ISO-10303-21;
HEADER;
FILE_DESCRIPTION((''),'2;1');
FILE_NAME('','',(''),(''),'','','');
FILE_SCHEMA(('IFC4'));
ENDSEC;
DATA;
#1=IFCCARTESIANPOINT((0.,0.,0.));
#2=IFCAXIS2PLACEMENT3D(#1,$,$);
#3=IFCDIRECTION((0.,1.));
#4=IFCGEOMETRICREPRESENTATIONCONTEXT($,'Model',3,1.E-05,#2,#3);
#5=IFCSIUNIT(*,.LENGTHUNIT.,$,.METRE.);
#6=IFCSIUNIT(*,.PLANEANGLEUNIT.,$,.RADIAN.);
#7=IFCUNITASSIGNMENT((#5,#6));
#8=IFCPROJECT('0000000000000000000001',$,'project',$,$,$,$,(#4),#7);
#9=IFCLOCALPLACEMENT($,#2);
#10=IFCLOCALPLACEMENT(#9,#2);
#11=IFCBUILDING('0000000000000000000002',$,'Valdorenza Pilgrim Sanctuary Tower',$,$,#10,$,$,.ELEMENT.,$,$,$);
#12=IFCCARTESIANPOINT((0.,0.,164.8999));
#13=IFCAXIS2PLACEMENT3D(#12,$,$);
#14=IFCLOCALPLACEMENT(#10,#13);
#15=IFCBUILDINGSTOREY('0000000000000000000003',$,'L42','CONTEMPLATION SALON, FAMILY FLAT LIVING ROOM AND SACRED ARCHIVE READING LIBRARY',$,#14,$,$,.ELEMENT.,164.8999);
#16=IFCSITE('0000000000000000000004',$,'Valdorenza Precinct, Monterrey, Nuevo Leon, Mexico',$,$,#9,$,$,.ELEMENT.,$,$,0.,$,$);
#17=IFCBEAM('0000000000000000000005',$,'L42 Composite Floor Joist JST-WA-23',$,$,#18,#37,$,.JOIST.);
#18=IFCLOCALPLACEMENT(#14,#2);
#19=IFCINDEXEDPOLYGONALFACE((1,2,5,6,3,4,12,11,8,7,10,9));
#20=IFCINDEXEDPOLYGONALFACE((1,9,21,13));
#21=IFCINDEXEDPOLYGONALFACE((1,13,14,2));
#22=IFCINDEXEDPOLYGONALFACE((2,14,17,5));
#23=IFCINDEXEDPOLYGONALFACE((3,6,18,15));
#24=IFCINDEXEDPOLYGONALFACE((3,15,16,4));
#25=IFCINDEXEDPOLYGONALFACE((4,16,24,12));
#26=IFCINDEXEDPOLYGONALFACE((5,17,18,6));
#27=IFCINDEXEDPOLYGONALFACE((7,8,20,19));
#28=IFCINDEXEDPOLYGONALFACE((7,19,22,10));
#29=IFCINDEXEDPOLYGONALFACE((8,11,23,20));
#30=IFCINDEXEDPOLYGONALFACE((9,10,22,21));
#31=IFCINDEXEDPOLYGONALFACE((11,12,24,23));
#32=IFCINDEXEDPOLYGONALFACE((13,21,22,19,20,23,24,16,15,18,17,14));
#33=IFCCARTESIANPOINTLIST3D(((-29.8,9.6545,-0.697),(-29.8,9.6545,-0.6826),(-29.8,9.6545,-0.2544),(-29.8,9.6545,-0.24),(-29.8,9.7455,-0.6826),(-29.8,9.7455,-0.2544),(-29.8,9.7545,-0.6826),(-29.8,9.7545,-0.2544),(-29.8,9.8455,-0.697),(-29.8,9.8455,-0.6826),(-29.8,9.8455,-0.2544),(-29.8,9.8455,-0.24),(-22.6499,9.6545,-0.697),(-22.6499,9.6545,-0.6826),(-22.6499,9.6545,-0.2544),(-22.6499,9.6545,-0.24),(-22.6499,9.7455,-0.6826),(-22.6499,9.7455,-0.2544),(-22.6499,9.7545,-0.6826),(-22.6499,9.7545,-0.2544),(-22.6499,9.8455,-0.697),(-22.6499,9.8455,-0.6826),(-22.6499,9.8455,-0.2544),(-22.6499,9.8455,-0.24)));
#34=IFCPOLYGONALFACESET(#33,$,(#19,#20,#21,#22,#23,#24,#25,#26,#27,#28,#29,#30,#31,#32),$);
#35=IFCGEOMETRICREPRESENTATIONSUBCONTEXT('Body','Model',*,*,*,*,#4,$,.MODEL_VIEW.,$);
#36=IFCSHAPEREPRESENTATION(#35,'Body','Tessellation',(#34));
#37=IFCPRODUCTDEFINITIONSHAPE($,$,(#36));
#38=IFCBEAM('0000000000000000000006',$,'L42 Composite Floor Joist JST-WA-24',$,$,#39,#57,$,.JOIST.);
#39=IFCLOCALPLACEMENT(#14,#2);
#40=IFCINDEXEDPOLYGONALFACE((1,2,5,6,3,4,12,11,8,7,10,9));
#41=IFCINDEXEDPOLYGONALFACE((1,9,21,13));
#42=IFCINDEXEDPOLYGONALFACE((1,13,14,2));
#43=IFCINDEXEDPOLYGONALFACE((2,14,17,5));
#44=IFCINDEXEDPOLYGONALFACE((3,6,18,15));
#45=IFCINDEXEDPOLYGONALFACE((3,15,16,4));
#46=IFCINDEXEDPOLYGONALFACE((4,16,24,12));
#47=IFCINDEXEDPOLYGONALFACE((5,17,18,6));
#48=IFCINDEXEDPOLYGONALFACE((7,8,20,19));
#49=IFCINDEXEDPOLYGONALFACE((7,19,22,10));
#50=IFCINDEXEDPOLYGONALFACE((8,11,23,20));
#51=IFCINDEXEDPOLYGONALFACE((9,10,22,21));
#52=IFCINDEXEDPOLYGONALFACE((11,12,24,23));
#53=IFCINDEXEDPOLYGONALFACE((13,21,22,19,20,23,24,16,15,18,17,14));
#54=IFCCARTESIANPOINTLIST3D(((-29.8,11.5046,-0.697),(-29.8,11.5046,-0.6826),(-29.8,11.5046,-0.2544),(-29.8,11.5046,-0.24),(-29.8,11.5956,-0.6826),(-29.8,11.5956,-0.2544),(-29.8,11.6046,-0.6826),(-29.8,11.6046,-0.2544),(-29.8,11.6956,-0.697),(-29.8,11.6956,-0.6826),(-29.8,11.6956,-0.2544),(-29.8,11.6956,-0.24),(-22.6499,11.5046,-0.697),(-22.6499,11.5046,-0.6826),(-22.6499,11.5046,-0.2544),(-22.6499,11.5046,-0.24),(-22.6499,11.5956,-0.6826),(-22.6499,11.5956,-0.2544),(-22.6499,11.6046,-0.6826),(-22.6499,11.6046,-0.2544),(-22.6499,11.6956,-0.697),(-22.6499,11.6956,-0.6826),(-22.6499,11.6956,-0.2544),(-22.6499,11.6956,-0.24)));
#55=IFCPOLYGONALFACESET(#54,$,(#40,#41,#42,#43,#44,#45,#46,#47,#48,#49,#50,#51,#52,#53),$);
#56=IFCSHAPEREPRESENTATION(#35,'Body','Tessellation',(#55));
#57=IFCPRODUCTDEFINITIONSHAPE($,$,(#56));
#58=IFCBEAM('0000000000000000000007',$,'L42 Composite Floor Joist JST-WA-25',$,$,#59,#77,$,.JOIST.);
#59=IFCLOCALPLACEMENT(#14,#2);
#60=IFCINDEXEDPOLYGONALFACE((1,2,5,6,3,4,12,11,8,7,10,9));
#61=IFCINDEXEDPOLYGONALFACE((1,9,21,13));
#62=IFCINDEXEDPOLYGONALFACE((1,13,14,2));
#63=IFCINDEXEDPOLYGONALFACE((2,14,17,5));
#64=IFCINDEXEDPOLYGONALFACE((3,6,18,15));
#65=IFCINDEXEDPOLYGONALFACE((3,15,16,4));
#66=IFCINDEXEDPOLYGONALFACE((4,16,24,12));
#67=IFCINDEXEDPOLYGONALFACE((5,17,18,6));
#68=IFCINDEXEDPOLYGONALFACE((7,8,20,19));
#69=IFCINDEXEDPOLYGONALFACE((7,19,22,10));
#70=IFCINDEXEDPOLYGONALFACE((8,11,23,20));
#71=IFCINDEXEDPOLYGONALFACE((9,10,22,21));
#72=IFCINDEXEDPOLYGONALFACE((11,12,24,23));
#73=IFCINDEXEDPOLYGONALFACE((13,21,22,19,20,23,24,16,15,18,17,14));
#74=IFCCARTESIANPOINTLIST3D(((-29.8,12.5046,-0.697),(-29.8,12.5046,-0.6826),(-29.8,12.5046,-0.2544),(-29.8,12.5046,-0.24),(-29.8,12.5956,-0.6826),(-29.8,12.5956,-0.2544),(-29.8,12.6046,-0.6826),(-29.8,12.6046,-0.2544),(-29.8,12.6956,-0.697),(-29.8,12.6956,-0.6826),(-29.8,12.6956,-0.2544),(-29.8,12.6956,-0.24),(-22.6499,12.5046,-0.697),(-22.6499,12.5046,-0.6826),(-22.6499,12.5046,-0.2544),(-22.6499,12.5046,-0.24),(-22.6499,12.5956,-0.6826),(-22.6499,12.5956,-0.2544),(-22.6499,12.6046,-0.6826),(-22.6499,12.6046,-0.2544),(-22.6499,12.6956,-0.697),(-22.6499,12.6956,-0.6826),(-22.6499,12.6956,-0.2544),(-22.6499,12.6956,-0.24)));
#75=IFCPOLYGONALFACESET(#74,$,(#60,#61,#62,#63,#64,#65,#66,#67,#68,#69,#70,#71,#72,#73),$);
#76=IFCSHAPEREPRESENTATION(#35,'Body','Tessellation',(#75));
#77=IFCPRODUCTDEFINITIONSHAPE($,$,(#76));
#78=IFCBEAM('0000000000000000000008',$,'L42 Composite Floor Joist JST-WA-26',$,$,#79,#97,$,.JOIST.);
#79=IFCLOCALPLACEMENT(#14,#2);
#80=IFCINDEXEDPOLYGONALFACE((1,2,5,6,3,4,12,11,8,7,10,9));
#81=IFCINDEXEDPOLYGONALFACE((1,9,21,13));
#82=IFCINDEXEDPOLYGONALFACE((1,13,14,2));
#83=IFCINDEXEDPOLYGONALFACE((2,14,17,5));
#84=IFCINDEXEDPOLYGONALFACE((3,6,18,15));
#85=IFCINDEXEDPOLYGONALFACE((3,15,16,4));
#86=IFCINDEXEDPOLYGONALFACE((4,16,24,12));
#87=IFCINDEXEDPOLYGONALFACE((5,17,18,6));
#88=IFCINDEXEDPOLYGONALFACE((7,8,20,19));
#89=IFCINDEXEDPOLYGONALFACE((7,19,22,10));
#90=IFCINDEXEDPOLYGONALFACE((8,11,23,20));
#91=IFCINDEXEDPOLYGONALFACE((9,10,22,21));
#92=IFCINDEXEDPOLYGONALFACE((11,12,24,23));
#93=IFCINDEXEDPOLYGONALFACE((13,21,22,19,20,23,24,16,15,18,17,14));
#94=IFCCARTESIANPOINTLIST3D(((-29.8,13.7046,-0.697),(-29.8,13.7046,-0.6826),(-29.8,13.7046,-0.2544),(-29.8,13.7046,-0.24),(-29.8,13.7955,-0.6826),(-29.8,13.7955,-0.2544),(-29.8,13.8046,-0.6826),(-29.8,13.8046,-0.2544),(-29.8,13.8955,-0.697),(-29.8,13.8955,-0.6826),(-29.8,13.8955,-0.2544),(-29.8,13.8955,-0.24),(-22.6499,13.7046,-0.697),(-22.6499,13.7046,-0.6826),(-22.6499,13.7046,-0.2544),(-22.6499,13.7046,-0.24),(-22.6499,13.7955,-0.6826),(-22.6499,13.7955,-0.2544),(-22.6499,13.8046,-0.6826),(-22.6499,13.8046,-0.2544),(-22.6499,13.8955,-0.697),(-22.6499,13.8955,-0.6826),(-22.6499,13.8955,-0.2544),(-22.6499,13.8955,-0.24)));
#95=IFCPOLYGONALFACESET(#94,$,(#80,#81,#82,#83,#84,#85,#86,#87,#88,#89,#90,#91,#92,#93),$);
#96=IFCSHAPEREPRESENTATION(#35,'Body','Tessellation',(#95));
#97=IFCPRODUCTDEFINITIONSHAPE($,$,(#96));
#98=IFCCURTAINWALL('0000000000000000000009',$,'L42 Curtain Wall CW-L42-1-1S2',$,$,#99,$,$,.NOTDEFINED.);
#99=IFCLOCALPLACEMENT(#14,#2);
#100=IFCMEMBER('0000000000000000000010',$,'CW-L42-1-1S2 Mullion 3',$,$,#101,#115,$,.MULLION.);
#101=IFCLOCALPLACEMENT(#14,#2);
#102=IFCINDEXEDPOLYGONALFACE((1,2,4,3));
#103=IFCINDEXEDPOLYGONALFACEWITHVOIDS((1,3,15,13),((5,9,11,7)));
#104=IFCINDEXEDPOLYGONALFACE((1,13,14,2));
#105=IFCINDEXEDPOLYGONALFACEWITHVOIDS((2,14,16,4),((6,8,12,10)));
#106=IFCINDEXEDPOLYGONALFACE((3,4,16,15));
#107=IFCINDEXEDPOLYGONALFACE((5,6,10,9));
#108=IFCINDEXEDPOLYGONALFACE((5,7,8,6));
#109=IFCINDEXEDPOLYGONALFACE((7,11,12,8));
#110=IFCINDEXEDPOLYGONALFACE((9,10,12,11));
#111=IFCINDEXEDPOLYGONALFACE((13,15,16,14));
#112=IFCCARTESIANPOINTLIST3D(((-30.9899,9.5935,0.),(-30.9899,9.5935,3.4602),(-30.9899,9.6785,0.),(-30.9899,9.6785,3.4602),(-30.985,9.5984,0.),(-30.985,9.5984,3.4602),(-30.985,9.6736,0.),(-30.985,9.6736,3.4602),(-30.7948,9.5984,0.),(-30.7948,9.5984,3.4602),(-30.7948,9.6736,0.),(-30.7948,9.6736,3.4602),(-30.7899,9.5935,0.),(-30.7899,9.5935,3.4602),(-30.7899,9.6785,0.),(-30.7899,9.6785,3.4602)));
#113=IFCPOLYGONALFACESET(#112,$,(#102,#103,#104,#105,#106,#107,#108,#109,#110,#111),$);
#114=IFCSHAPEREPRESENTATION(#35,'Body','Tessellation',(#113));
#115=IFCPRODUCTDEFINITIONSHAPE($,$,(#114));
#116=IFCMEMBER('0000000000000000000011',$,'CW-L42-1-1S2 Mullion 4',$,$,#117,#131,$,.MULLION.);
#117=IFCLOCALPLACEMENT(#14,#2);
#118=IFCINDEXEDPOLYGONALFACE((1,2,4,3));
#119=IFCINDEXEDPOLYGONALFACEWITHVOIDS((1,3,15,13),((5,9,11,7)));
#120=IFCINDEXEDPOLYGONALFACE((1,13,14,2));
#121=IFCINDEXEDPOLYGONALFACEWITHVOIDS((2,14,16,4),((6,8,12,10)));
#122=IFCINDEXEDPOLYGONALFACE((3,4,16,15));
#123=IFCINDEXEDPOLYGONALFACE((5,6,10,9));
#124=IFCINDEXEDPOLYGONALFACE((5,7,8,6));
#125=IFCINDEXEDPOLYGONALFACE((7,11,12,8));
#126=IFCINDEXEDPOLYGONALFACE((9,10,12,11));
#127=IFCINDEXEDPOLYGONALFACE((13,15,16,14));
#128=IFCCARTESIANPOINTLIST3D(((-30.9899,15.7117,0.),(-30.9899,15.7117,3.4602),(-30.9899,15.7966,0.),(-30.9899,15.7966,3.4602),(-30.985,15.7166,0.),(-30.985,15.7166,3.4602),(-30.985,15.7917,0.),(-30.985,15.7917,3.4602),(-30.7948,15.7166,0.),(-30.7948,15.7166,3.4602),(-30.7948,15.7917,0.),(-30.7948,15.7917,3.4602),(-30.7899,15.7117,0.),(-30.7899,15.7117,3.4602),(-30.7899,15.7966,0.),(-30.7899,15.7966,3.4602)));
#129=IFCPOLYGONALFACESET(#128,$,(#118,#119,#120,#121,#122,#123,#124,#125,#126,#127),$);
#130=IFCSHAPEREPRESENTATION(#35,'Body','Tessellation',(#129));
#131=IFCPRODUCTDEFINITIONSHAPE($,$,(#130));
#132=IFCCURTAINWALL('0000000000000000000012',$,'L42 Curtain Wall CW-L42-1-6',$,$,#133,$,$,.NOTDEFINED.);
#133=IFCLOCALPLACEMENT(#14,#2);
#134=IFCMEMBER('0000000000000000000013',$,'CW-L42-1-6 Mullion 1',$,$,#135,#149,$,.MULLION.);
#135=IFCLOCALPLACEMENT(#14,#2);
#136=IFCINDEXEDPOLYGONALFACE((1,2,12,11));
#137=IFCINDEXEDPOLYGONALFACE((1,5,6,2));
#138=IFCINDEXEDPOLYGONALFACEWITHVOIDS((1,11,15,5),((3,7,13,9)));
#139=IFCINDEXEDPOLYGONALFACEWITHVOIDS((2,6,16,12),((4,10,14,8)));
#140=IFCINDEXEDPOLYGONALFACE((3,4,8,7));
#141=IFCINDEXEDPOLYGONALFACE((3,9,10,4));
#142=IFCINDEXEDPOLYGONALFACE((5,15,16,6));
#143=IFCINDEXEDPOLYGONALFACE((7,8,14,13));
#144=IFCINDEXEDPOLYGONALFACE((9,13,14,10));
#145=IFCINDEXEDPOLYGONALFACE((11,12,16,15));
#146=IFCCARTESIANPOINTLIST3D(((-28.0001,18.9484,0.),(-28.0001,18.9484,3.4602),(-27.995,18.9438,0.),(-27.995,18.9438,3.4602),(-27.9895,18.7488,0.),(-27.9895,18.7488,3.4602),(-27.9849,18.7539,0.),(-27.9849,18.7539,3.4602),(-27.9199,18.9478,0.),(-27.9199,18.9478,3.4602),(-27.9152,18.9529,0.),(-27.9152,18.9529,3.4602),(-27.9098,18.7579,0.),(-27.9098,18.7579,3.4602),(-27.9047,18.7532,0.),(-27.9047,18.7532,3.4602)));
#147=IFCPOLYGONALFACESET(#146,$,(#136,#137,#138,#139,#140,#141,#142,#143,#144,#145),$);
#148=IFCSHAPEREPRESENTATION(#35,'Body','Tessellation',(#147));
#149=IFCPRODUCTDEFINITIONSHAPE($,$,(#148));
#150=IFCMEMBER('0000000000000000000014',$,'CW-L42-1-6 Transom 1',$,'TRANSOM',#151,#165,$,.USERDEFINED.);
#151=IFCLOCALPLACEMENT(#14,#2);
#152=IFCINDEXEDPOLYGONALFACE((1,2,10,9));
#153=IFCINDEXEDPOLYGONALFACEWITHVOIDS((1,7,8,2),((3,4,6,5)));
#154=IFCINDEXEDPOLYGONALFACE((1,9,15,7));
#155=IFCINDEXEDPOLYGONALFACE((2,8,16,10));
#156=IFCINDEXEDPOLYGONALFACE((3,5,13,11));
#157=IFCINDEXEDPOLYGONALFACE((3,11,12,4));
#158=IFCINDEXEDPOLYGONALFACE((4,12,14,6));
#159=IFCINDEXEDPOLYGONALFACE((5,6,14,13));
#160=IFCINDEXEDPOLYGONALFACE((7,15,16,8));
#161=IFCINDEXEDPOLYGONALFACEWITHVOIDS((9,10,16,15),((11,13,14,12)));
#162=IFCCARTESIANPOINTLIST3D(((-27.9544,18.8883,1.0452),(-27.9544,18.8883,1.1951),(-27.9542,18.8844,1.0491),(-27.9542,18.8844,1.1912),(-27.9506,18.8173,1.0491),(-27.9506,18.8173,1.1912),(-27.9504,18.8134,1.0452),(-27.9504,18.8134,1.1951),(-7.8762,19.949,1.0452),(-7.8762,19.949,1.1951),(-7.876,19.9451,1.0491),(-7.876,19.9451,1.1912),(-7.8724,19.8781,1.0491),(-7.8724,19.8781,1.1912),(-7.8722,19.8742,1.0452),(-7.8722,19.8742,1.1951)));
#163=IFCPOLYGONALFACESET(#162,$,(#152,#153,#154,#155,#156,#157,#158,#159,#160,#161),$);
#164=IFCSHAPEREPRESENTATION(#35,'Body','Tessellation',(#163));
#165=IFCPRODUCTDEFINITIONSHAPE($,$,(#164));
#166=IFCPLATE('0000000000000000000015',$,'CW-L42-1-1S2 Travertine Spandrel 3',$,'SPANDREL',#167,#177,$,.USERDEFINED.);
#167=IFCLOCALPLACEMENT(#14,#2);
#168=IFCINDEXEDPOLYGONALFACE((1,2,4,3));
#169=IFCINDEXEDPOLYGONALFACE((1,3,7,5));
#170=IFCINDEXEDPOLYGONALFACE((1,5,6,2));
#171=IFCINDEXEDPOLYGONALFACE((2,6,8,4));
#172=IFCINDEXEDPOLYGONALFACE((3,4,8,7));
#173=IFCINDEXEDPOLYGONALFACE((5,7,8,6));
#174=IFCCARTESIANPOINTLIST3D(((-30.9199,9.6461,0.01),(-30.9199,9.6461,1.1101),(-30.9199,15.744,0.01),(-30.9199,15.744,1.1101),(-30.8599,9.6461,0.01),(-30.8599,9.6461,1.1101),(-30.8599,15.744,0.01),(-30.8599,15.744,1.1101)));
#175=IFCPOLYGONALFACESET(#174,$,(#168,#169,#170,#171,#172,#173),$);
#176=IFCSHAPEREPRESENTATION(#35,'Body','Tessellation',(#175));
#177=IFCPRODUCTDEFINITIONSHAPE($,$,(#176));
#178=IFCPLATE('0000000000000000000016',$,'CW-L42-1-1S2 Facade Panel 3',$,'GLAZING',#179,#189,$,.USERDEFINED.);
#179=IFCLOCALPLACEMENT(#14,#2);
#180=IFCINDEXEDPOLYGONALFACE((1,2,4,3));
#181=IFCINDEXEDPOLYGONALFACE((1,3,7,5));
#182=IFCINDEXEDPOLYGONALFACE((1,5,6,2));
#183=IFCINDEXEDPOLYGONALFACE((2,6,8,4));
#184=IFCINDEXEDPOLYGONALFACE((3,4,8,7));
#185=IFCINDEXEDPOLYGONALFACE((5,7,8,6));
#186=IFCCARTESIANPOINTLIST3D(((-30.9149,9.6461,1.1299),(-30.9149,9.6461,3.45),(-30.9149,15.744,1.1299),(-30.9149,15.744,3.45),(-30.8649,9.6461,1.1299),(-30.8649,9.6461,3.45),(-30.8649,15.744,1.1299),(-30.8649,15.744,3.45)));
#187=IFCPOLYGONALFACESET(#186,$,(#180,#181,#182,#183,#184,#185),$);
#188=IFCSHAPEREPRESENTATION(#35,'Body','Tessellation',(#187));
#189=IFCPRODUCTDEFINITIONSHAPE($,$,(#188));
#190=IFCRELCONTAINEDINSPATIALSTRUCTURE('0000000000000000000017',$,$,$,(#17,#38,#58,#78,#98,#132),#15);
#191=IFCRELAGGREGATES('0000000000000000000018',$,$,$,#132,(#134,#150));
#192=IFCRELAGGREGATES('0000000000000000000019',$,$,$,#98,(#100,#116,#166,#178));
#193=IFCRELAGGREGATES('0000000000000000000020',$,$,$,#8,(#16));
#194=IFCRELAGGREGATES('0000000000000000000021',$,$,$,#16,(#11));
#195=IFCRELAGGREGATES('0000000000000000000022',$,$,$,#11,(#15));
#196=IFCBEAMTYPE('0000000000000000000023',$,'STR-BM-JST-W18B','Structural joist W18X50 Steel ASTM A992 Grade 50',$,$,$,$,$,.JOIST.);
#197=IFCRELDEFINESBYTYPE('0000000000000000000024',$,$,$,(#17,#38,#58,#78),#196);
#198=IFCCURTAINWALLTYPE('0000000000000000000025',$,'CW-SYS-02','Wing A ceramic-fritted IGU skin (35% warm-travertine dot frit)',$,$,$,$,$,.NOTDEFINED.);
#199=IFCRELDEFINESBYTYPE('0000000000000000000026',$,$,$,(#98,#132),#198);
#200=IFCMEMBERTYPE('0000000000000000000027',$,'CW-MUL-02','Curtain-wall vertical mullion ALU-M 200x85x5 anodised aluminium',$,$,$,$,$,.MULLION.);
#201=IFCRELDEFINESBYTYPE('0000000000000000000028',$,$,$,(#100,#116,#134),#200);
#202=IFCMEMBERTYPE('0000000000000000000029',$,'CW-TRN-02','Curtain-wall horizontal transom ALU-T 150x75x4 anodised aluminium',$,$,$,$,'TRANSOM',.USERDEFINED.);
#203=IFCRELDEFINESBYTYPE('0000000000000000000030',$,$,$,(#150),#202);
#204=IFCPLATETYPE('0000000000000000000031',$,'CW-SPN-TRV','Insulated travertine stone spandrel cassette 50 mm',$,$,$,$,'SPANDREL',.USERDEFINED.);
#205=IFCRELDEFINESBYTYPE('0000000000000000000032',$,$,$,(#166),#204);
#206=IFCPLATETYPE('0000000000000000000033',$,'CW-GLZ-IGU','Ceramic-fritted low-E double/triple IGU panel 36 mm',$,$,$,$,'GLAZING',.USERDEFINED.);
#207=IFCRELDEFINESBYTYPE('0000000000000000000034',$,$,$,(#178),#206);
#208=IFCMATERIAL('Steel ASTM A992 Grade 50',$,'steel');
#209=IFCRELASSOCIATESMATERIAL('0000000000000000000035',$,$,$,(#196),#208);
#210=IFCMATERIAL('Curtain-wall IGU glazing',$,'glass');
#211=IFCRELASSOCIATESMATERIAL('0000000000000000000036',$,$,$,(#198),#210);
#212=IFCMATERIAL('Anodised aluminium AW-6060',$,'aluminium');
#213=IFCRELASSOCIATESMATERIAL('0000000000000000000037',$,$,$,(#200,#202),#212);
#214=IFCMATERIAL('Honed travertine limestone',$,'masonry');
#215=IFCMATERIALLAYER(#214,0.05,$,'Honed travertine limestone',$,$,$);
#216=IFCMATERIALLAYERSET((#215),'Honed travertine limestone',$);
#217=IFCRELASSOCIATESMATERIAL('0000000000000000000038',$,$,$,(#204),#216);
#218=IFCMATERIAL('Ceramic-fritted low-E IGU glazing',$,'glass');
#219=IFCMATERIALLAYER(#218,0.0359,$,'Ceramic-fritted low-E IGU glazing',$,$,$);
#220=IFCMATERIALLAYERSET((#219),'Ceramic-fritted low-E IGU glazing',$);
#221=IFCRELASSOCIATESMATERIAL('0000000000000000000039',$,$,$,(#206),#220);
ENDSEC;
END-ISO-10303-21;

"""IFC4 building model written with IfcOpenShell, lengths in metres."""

from ifc_helpers import new_model, si_unit, direction, frame, origin, origin_2d, place, context, subcontext, project, spatial, rectangle, hollow_rectangle, i_section, extrude, source, transform, mapped, material, layer, layer_set, material_profile, profile_set, type_object, element, aggregate, save


model = new_model("IFC4")

# Units and contexts
model_context = context("Model", 3, precision=1e-05, world=origin(), true_north=direction((0.0, 1.0)))
body_context = subcontext(model_context, "Body", "Model", "MODEL_VIEW")
ifc_project = project(units=[si_unit("LENGTHUNIT", "METRE"), si_unit("PLANEANGLEUNIT", "RADIAN")], contexts=[model_context])

# Site, building, storey
site_placement = place(None, origin())
site = spatial("IfcSite", under=ifc_project, at=site_placement, Name="Valdorenza Precinct, Monterrey, Nuevo Leon, Mexico", CompositionType="ELEMENT", RefElevation=0.0)
building_placement = place(site_placement, origin())
building = spatial("IfcBuilding", under=site, at=building_placement, Name="Valdorenza Pilgrim Sanctuary Tower", CompositionType="ELEMENT")
storey_placement = place(building_placement, frame((0.0, 0.0, 164.8999)))
storey = spatial("IfcBuildingStorey", under=building, at=storey_placement, Name="L42", Description="CONTEMPLATION SALON, FAMILY FLAT LIVING ROOM AND SACRED ARCHIVE READING LIBRARY", CompositionType="ELEMENT", Elevation=164.8999)

# Beams
ifc_material_1 = material(Name="Steel ASTM A992 Grade 50", Category="steel")
ifc_material_profile_1 = material_profile(ifc_material_1, i_section(OverallWidth=0.1909, OverallDepth=0.457, WebThickness=0.009, FlangeThickness=0.0144, at=origin_2d()), Name="W18X50")
ifc_profile_set_1 = profile_set([ifc_material_profile_1], Name="Steel ASTM A992 Grade 50")
beam_type_1 = type_object("IfcBeamType", Name="STR-BM-JST-W18B", Description="Structural joist W18X50 Steel ASTM A992 Grade 50", PredefinedType="JOIST", material=ifc_profile_set_1)
shared_shape_1 = source(origin(), body_context, "Body", "SweptSolid", [
    extrude(i_section(OverallWidth=0.1909, OverallDepth=0.457, WebThickness=0.009, FlangeThickness=0.0144, at=origin_2d()), origin(), (0.0, 0.0, 1.0), 7.1501),
])
for number, where, z_axis, x_axis, name in (
    (1, (-29.8, 9.75, -0.4685), (1.0, 0.0, 0.0), (0.0, 1.0, 0.0), "L42 Composite Floor Joist JST-WA-23"),
    (2, (-29.8, 11.6001, -0.4685), (1.0, 0.0, 0.0), (0.0, 1.0, 0.0), "L42 Composite Floor Joist JST-WA-24"),
    (3, (-29.8, 12.6001, -0.4685), (1.0, 0.0, 0.0), (0.0, 1.0, 0.0), "L42 Composite Floor Joist JST-WA-25"),
    (4, (-29.8, 13.8, -0.4685), (1.0, 0.0, 0.0), (0.0, 1.0, 0.0), "L42 Composite Floor Joist JST-WA-26"),
):
    element("IfcBeam", number, at=place(storey_placement, frame(where, z_axis=z_axis, x_axis=x_axis)), inside=storey, type_object=beam_type_1, Name=name, PredefinedType="JOIST", context=body_context, shape_type="MappedRepresentation", body=[
        mapped(shared_shape_1, transform((0.0, 0.0, 0.0), x_axis=(1.0, 0.0, 0.0), y_axis=(0.0, 1.0, 0.0), z_axis=(0.0, 0.0, 1.0), scale=1.0)),
    ])

# Curtain walls, members
ifc_material_2 = material(Name="Curtain-wall IGU glazing", Category="glass")
curtain_wall_type = type_object("IfcCurtainWallType", Name="CW-SYS-02", Description="Wing A ceramic-fritted IGU skin (35% warm-travertine dot frit)", PredefinedType="NOTDEFINED", material=ifc_material_2)
curtain_wall_1_placement = place(storey_placement, origin())
curtain_wall_1 = element("IfcCurtainWall", 5, at=curtain_wall_1_placement, inside=storey, type_object=curtain_wall_type, Name="L42 Curtain Wall CW-L42-1-1S2", PredefinedType="NOTDEFINED")
ifc_material_3 = material(Name="Anodised aluminium AW-6060", Category="aluminium")
ifc_material_profile_2 = material_profile(ifc_material_3, hollow_rectangle(XDim=0.085, YDim=0.2, WallThickness=0.0049, at=origin_2d()), Name="ALU-M 200x85x5")
ifc_profile_set_2 = profile_set([ifc_material_profile_2], Name="Anodised aluminium AW-6060")
member_type_1 = type_object("IfcMemberType", Name="CW-MUL-02", Description="Curtain-wall vertical mullion ALU-M 200x85x5 anodised aluminium", PredefinedType="MULLION", material=ifc_profile_set_2)
shared_shape_2 = source(origin(), body_context, "Body", "SweptSolid", [
    extrude(hollow_rectangle(XDim=0.085, YDim=0.2, WallThickness=0.0049, at=origin_2d()), origin(), (0.0, 0.0, 1.0), 3.4602),
])
member_1_placement = place(storey_placement, frame((-30.8899, 9.636, 0.0), z_axis=(0.0, 0.0, 1.0), x_axis=(0.0, 1.0, 0.0)))
member_1 = element("IfcMember", 6, at=member_1_placement, type_object=member_type_1, Name="CW-L42-1-1S2 Mullion 3", PredefinedType="MULLION", context=body_context, shape_type="MappedRepresentation", body=[
    mapped(shared_shape_2, transform((0.0, 0.0, 0.0), x_axis=(1.0, 0.0, 0.0), y_axis=(0.0, 1.0, 0.0), z_axis=(0.0, 0.0, 1.0), scale=1.0)),
])
member_2_placement = place(storey_placement, frame((-30.8899, 15.7542, 0.0), z_axis=(0.0, 0.0, 1.0), x_axis=(0.0, 1.0, 0.0)))
member_2 = element("IfcMember", 7, at=member_2_placement, type_object=member_type_1, Name="CW-L42-1-1S2 Mullion 4", PredefinedType="MULLION", context=body_context, shape_type="MappedRepresentation", body=[
    mapped(shared_shape_2, transform((0.0, 0.0, 0.0), x_axis=(1.0, 0.0, 0.0), y_axis=(0.0, 1.0, 0.0), z_axis=(0.0, 0.0, 1.0), scale=1.0)),
])
curtain_wall_2_placement = place(storey_placement, origin())
curtain_wall_2 = element("IfcCurtainWall", 8, at=curtain_wall_2_placement, inside=storey, type_object=curtain_wall_type, Name="L42 Curtain Wall CW-L42-1-6", PredefinedType="NOTDEFINED")
member_3_placement = place(storey_placement, frame((-27.9524, 18.8508, 0.0), z_axis=(0.0, 0.0, 1.0), x_axis=(0.998608, 0.052754, 0.0)))
member_3 = element("IfcMember", 9, at=member_3_placement, type_object=member_type_1, Name="CW-L42-1-6 Mullion 1", PredefinedType="MULLION", context=body_context, shape_type="MappedRepresentation", body=[
    mapped(shared_shape_2, transform((0.0, 0.0, 0.0), x_axis=(1.0, 0.0, 0.0), y_axis=(0.0, 1.0, 0.0), z_axis=(0.0, 0.0, 1.0), scale=1.0)),
])
ifc_material_profile_3 = material_profile(ifc_material_3, hollow_rectangle(XDim=0.075, YDim=0.1499, WallThickness=0.0039, at=origin_2d()), Name="ALU-T 150x75x4")
ifc_profile_set_3 = profile_set([ifc_material_profile_3], Name="Anodised aluminium AW-6060")
member_type_2 = type_object("IfcMemberType", Name="CW-TRN-02", Description="Curtain-wall horizontal transom ALU-T 150x75x4 anodised aluminium", ElementType="TRANSOM", PredefinedType="USERDEFINED", material=ifc_profile_set_3)
shared_shape_3 = source(origin(), body_context, "Body", "SweptSolid", [
    extrude(hollow_rectangle(XDim=0.075, YDim=0.1499, WallThickness=0.0039, at=origin_2d()), origin(), (0.0, 0.0, 1.0), 20.1062),
])
member_4_placement = place(storey_placement, frame((-27.9524, 18.8508, 1.1201), z_axis=(0.998607, 0.05276, 0.0), x_axis=(-0.05276, 0.998607, 0.0)))
member_4 = element("IfcMember", 10, at=member_4_placement, type_object=member_type_2, Name="CW-L42-1-6 Transom 1", ObjectType="TRANSOM", PredefinedType="USERDEFINED", context=body_context, shape_type="MappedRepresentation", body=[
    mapped(shared_shape_3, transform((0.0, 0.0, 0.0), x_axis=(1.0, 0.0, 0.0), y_axis=(0.0, 1.0, 0.0), z_axis=(0.0, 0.0, 1.0), scale=1.0)),
])
aggregate(curtain_wall_2, [member_3, member_4])

# Plates
ifc_material_4 = material(Name="Honed travertine limestone", Category="masonry")
ifc_layer_1 = layer(ifc_material_4, 0.05, Name="Honed travertine limestone")
ifc_layer_set_1 = layer_set([ifc_layer_1], Name="Honed travertine limestone")
plate_type_1 = type_object("IfcPlateType", Name="CW-SPN-TRV", Description="Insulated travertine stone spandrel cassette 50 mm", ElementType="SPANDREL", PredefinedType="USERDEFINED", material=ifc_layer_set_1)
shared_shape_4 = source(origin(), body_context, "Body", "SweptSolid", [
    extrude(rectangle(XDim=6.0979, YDim=0.0601, at=origin_2d()), origin(), (0.0, 0.0, 1.0), 1.1001),
])
plate_1_placement = place(storey_placement, frame((-30.8899, 12.6951, 0.01), z_axis=(0.0, 0.0, 1.0), x_axis=(0.0, 1.0, 0.0)))
plate_1 = element("IfcPlate", 11, at=plate_1_placement, type_object=plate_type_1, Name="CW-L42-1-1S2 Travertine Spandrel 3", ObjectType="SPANDREL", PredefinedType="USERDEFINED", context=body_context, shape_type="MappedRepresentation", body=[
    mapped(shared_shape_4, transform((0.0, 0.0, 0.0), x_axis=(1.0, 0.0, 0.0), y_axis=(0.0, 1.0, 0.0), z_axis=(0.0, 0.0, 1.0), scale=1.0)),
])
ifc_material_5 = material(Name="Ceramic-fritted low-E IGU glazing", Category="glass")
ifc_layer_2 = layer(ifc_material_5, 0.0359, Name="Ceramic-fritted low-E IGU glazing")
ifc_layer_set_2 = layer_set([ifc_layer_2], Name="Ceramic-fritted low-E IGU glazing")
plate_type_2 = type_object("IfcPlateType", Name="CW-GLZ-IGU", Description="Ceramic-fritted low-E double/triple IGU panel 36 mm", ElementType="GLAZING", PredefinedType="USERDEFINED", material=ifc_layer_set_2)
shared_shape_5 = source(origin(), body_context, "Body", "SweptSolid", [
    extrude(rectangle(XDim=6.0979, YDim=0.05, at=origin_2d()), origin(), (0.0, 0.0, 1.0), 2.3201),
])
plate_2_placement = place(storey_placement, frame((-30.8899, 12.6951, 1.1299), z_axis=(0.0, 0.0, 1.0), x_axis=(0.0, 1.0, 0.0)))
plate_2 = element("IfcPlate", 12, at=plate_2_placement, type_object=plate_type_2, Name="CW-L42-1-1S2 Facade Panel 3", ObjectType="GLAZING", PredefinedType="USERDEFINED", context=body_context, shape_type="MappedRepresentation", body=[
    mapped(shared_shape_5, transform((0.0, 0.0, 0.0), x_axis=(1.0, 0.0, 0.0), y_axis=(0.0, 1.0, 0.0), z_axis=(0.0, 0.0, 1.0), scale=1.0)),
])
aggregate(curtain_wall_1, [member_1, member_2, plate_1, plate_2])

save(model, "model.ifc")
